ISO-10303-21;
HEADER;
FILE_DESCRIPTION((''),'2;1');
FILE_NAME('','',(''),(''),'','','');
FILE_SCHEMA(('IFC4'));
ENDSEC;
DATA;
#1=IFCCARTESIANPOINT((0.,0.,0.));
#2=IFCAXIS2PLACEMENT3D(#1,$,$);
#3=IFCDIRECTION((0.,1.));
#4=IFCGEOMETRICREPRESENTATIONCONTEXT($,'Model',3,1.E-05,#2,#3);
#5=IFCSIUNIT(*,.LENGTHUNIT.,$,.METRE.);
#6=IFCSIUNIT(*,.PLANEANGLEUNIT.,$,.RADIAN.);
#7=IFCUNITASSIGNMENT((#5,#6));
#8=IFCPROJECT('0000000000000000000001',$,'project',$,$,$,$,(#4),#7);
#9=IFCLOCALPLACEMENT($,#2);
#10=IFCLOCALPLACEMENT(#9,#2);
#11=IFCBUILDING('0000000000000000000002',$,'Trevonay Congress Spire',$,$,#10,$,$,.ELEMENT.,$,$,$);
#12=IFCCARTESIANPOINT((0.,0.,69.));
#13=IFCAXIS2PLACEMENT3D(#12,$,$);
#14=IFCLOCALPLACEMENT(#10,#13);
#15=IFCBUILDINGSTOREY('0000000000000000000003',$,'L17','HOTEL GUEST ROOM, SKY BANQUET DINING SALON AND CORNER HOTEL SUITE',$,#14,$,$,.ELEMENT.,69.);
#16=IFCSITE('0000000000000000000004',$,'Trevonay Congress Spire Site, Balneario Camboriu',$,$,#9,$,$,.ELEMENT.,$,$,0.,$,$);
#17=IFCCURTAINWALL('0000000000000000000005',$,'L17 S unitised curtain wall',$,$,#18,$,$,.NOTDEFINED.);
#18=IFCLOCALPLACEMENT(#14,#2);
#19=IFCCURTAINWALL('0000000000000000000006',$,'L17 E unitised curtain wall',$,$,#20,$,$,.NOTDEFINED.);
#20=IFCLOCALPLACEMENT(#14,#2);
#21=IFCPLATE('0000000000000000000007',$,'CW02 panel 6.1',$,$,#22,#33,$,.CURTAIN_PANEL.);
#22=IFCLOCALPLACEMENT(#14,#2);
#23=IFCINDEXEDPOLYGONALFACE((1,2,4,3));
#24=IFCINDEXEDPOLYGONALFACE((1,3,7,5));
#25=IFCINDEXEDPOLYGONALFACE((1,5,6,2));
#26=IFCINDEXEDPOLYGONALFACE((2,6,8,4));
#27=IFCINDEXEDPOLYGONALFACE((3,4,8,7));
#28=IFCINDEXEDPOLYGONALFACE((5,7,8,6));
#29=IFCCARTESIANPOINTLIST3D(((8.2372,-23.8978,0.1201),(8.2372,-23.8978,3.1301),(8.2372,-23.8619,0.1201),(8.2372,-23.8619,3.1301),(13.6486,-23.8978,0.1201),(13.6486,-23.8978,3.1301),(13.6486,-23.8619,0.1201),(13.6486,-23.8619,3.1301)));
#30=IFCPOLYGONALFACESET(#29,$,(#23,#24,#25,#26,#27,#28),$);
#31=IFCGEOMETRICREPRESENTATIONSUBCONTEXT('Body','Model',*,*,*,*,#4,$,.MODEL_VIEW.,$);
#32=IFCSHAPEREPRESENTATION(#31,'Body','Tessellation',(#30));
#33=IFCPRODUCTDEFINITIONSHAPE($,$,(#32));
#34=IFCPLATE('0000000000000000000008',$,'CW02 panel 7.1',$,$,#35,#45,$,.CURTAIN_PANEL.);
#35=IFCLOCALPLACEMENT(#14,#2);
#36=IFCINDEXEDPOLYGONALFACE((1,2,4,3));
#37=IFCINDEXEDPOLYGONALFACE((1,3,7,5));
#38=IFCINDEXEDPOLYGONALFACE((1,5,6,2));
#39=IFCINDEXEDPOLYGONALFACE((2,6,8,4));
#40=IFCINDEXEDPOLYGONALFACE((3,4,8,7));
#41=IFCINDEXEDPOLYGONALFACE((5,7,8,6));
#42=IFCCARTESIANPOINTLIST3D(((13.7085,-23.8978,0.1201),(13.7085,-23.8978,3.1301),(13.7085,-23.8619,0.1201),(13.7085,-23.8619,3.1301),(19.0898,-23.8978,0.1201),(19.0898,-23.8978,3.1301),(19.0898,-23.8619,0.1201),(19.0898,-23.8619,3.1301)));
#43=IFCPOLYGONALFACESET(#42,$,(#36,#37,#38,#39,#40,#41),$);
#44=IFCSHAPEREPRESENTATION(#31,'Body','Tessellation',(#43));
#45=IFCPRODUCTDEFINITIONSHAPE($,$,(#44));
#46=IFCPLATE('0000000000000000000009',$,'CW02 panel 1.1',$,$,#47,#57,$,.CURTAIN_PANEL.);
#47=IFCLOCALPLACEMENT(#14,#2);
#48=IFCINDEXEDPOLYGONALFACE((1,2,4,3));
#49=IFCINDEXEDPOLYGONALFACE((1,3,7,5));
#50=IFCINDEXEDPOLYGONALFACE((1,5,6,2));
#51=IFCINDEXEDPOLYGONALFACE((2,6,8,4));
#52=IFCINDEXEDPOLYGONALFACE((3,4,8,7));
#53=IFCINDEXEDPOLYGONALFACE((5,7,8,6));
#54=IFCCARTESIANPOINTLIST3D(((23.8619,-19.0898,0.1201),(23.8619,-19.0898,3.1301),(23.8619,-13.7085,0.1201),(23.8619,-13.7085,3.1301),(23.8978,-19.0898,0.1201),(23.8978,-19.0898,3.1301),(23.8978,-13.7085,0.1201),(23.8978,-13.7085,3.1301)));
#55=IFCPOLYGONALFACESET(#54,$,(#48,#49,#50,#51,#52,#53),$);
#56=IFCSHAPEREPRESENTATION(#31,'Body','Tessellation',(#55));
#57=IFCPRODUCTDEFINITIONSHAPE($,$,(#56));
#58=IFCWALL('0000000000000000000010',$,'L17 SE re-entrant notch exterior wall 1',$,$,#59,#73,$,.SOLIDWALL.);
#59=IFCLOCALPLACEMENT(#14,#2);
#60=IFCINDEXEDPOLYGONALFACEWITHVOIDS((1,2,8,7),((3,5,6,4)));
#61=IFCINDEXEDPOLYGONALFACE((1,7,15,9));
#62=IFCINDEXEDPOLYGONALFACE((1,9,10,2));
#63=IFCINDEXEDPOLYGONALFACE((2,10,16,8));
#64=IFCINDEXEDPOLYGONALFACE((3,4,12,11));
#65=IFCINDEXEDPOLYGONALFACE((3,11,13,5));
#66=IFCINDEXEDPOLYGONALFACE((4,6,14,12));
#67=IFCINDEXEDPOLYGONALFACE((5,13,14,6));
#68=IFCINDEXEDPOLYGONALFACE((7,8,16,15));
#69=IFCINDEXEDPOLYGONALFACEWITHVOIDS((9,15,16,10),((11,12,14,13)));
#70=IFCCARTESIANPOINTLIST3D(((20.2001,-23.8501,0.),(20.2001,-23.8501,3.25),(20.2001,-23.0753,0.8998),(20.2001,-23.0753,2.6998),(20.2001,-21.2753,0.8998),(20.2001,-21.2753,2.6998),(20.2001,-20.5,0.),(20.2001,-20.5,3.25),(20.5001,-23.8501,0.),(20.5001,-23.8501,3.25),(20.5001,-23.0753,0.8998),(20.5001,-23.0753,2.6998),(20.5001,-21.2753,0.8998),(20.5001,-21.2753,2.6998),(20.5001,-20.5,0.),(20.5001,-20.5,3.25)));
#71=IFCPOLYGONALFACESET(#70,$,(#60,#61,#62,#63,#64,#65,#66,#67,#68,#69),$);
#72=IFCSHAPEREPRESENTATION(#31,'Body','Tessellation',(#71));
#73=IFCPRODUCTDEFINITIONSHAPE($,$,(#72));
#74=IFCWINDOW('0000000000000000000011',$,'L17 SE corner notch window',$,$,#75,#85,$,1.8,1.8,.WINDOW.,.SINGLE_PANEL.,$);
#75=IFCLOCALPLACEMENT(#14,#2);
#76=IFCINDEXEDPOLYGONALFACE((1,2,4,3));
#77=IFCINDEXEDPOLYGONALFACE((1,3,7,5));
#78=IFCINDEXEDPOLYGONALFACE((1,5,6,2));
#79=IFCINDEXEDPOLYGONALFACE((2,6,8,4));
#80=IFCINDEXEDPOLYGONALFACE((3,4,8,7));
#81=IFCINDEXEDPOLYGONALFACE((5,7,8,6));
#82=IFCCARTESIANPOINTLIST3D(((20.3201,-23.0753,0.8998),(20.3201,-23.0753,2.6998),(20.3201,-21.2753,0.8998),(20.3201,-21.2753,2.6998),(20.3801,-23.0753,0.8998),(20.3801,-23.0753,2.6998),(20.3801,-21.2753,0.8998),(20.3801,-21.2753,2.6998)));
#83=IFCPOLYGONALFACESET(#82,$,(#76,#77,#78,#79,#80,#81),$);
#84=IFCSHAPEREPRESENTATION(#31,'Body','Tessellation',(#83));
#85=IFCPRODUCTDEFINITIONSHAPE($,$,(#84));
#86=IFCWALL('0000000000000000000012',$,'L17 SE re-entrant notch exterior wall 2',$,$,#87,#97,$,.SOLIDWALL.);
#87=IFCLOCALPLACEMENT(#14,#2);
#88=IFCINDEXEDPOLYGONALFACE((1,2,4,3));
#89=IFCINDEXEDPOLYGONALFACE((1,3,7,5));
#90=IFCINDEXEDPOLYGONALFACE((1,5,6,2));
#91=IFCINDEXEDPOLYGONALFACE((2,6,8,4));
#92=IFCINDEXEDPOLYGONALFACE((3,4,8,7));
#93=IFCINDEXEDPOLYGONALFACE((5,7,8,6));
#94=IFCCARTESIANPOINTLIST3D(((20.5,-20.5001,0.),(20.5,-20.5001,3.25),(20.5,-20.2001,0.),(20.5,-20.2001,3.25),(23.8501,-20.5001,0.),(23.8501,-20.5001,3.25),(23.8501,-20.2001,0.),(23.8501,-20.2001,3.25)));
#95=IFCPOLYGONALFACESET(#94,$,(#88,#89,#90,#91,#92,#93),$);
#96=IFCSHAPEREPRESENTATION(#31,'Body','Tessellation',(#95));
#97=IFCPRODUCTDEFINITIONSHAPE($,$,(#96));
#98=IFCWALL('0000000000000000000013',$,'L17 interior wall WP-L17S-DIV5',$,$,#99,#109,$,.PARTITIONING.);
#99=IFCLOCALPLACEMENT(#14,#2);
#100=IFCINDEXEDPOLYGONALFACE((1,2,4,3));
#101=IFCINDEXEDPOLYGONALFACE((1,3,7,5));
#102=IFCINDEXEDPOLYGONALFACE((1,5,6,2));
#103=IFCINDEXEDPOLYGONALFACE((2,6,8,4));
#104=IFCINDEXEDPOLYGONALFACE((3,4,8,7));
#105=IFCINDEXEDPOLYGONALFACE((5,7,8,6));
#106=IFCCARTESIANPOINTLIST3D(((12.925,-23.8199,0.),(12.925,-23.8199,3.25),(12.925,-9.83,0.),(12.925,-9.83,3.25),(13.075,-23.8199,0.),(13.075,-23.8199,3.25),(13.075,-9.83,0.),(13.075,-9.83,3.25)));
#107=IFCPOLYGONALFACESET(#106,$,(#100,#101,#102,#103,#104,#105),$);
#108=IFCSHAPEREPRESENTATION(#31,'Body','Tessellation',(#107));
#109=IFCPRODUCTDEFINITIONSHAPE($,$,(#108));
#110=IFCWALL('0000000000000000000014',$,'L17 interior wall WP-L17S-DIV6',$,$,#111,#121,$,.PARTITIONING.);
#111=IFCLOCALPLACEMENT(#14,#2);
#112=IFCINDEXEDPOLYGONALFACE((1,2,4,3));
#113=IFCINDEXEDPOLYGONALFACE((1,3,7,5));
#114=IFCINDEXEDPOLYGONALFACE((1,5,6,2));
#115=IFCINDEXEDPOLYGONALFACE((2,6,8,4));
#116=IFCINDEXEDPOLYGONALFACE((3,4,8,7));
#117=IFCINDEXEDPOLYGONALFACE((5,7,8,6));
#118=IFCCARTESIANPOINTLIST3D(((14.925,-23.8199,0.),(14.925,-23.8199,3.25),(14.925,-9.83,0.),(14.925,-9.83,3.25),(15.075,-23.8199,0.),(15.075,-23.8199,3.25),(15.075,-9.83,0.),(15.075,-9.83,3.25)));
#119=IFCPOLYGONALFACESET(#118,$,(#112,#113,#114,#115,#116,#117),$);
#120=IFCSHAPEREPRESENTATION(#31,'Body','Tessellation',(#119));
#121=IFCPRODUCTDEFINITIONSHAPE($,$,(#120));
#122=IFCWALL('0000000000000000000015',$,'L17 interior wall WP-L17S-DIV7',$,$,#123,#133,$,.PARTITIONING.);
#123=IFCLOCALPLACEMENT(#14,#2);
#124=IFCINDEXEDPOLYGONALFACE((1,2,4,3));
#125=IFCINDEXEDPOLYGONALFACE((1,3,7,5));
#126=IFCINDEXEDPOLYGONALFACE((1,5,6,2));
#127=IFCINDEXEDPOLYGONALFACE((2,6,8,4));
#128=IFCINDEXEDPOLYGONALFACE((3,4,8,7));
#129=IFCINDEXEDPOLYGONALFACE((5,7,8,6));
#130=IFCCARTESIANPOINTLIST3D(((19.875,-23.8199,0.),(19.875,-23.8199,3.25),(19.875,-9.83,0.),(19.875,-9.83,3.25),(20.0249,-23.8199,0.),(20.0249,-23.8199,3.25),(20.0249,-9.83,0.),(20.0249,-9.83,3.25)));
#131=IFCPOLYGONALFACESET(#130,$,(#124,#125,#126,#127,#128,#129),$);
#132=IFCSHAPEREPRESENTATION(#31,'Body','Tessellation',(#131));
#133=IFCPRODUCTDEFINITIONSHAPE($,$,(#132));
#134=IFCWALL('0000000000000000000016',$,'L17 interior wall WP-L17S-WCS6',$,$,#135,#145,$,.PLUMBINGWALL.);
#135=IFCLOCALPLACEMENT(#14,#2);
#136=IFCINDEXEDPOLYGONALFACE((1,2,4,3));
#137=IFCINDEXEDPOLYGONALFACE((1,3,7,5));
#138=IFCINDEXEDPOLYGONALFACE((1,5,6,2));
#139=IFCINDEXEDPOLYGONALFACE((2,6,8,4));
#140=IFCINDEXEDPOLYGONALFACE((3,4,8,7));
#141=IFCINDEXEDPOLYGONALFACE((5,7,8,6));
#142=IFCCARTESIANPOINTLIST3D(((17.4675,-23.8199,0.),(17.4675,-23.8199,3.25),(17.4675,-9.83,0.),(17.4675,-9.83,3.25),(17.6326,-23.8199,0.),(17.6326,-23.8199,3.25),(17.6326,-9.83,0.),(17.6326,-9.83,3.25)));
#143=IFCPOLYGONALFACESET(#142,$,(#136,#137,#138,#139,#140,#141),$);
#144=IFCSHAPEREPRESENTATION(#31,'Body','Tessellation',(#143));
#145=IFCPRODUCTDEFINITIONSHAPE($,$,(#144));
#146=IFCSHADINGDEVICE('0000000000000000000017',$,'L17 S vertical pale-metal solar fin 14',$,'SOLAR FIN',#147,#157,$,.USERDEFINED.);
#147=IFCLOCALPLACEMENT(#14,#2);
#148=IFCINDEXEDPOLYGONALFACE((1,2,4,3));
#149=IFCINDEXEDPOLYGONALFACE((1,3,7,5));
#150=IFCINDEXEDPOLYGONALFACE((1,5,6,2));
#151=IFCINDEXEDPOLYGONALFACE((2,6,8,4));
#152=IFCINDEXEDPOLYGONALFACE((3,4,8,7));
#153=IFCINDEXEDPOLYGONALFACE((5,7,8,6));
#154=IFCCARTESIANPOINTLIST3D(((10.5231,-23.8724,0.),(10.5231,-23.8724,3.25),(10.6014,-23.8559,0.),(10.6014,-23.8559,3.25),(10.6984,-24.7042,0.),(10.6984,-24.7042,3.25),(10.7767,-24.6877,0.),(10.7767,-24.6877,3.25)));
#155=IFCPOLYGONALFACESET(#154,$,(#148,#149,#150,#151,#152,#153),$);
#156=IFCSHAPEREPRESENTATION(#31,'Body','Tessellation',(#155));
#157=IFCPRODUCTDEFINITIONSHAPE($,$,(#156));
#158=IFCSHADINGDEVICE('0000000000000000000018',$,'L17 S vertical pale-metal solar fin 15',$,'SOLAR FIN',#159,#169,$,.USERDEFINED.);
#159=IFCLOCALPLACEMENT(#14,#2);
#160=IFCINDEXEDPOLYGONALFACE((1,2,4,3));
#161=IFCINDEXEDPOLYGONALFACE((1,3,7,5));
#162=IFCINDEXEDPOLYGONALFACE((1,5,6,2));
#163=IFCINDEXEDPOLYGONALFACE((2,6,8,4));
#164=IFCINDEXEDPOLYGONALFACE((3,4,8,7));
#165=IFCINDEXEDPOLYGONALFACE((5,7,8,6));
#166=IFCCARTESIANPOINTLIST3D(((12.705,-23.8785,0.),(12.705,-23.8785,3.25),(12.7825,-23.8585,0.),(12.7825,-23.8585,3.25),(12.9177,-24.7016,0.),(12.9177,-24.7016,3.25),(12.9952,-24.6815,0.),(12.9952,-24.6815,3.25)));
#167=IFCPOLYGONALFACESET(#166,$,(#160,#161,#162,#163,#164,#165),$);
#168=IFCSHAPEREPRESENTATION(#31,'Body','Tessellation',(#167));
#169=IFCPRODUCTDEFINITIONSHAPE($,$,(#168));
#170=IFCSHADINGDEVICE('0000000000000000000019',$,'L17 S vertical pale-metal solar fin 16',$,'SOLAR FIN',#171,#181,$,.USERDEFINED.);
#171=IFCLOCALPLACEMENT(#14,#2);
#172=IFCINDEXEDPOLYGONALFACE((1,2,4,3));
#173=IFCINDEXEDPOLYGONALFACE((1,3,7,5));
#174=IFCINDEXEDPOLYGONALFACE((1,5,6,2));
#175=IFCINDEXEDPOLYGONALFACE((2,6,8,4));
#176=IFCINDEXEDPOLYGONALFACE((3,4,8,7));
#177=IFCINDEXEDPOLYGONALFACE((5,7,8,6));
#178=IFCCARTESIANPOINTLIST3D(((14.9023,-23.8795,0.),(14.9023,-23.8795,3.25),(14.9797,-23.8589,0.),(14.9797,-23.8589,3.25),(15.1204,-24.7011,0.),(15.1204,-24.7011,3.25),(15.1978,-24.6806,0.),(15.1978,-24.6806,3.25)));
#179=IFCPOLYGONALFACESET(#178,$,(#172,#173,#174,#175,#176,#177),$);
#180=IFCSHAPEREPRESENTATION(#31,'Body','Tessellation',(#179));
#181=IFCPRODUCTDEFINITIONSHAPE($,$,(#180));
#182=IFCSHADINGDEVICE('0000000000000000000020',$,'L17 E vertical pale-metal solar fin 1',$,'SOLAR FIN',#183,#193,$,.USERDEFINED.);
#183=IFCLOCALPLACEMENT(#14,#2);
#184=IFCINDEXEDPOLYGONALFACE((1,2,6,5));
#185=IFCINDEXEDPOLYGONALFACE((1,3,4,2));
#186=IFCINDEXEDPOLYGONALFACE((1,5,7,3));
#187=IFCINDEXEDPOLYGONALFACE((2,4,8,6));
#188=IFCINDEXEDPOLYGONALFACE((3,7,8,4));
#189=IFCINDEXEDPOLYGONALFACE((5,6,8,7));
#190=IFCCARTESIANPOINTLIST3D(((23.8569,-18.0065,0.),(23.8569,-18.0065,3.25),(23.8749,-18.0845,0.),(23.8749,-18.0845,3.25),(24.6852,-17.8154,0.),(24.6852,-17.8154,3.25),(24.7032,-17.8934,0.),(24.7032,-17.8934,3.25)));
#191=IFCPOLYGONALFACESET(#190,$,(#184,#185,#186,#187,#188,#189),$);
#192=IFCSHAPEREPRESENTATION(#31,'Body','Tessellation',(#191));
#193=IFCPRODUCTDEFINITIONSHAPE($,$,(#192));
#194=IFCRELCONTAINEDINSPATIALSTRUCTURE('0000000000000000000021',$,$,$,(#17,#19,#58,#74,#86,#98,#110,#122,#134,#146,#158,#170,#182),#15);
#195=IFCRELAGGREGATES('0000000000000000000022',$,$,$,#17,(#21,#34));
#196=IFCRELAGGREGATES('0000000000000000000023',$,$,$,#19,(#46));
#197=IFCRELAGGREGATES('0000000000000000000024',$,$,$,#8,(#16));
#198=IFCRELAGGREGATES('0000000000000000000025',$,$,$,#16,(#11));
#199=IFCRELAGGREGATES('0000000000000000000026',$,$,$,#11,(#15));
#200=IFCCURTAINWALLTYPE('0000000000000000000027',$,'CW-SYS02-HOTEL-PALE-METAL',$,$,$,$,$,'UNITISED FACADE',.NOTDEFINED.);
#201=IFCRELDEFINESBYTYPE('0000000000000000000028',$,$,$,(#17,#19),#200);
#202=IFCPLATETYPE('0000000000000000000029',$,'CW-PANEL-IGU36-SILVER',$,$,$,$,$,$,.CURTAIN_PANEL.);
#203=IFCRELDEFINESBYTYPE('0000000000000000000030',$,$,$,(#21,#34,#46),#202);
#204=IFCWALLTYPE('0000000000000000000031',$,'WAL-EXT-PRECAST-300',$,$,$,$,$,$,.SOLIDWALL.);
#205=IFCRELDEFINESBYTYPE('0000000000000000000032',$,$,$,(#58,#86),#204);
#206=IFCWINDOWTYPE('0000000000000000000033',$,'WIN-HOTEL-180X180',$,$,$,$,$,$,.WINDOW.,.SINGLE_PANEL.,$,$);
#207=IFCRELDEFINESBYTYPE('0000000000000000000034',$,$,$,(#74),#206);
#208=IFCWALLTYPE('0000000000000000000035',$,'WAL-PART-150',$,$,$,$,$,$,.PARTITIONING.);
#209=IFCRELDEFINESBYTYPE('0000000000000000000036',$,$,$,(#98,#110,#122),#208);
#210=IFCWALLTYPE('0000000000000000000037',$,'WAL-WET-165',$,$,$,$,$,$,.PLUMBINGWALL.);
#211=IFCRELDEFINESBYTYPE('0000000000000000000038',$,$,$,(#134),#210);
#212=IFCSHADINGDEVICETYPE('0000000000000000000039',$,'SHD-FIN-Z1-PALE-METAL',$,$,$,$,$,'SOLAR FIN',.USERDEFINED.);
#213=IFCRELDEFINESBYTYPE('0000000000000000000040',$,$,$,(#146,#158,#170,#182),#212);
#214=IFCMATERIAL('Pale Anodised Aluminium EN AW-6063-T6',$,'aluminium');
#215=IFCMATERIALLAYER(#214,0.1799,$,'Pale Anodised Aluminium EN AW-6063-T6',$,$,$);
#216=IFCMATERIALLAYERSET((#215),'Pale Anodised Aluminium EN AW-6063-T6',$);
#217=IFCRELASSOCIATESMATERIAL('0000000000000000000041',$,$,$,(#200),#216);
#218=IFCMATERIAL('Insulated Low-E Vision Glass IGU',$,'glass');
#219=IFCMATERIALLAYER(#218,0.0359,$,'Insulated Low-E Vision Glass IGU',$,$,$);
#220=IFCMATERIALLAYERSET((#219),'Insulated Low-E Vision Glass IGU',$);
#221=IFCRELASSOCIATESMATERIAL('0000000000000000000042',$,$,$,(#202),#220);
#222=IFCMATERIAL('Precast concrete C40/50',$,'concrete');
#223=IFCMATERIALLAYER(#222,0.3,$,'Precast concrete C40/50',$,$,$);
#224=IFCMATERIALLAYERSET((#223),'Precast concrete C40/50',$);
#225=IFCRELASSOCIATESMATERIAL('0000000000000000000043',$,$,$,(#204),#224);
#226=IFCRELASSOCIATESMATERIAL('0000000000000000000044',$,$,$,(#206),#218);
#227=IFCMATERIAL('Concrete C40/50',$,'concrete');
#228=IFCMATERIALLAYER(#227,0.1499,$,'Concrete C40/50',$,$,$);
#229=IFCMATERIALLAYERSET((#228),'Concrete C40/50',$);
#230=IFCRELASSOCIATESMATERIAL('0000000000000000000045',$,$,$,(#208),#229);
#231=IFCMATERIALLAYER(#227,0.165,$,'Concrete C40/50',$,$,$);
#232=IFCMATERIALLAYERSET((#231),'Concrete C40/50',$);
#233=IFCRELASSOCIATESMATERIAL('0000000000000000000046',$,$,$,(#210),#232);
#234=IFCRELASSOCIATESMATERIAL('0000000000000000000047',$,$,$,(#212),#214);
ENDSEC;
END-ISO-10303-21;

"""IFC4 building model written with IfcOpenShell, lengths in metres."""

from ifc_helpers import new_model, si_unit, direction, frame, frame_2d, origin, origin_2d, place, context, subcontext, project, spatial, rectangle, extrude, material, layer, layer_set, type_object, element, fill, aggregate, save


model = new_model("IFC4")

# Units and contexts
model_context = context("Model", 3, precision=1e-05, world=origin(), true_north=direction((0.0, 1.0)))
body_context = subcontext(model_context, "Body", "Model", "MODEL_VIEW")
ifc_project = project(units=[si_unit("LENGTHUNIT", "METRE"), si_unit("PLANEANGLEUNIT", "RADIAN")], contexts=[model_context])

# Site, building, storey
site_placement = place(None, origin())
site = spatial("IfcSite", under=ifc_project, at=site_placement, Name="Trevonay Congress Spire Site, Balneario Camboriu", CompositionType="ELEMENT", RefElevation=0.0)
building_placement = place(site_placement, origin())
building = spatial("IfcBuilding", under=site, at=building_placement, Name="Trevonay Congress Spire", CompositionType="ELEMENT")
storey_placement = place(building_placement, frame((0.0, 0.0, 69.0)))
storey = spatial("IfcBuildingStorey", under=building, at=storey_placement, Name="L17", Description="HOTEL GUEST ROOM, SKY BANQUET DINING SALON AND CORNER HOTEL SUITE", CompositionType="ELEMENT", Elevation=69.0)

# Curtain wall
ifc_material_1 = material(Name="Pale Anodised Aluminium EN AW-6063-T6", Category="aluminium")
ifc_layer_1 = layer(ifc_material_1, 0.1799, Name="Pale Anodised Aluminium EN AW-6063-T6")
ifc_layer_set_1 = layer_set([ifc_layer_1], Name="Pale Anodised Aluminium EN AW-6063-T6")
curtain_wall_type = type_object("IfcCurtainWallType", Name="CW-SYS02-HOTEL-PALE-METAL", ElementType="UNITISED FACADE", PredefinedType="NOTDEFINED", material=ifc_layer_set_1)
curtain_wall_1_placement = place(storey_placement, origin())
curtain_wall_1 = element("IfcCurtainWall", 1, at=curtain_wall_1_placement, inside=storey, type_object=curtain_wall_type, Name="L17 S unitised curtain wall", PredefinedType="NOTDEFINED")

# Curtain wall
curtain_wall_2_placement = place(storey_placement, origin())
curtain_wall_2 = element("IfcCurtainWall", 2, at=curtain_wall_2_placement, inside=storey, type_object=curtain_wall_type, Name="L17 E unitised curtain wall", PredefinedType="NOTDEFINED")

# Plates
ifc_material_2 = material(Name="Insulated Low-E Vision Glass IGU", Category="glass")
ifc_layer_2 = layer(ifc_material_2, 0.0359, Name="Insulated Low-E Vision Glass IGU")
ifc_layer_set_2 = layer_set([ifc_layer_2], Name="Insulated Low-E Vision Glass IGU")
plate_type = type_object("IfcPlateType", Name="CW-PANEL-IGU36-SILVER", PredefinedType="CURTAIN_PANEL", material=ifc_layer_set_2)
plate_1_placement = place(storey_placement, frame((10.9429, -23.8799, 0.1201), z_axis=(0.0, 0.0, 1.0), x_axis=(1.0, 0.0, 0.0)))
plate_1 = element("IfcPlate", 3, at=plate_1_placement, type_object=plate_type, Name="CW02 panel 6.1", PredefinedType="CURTAIN_PANEL", context=body_context, shape_type="SweptSolid", body=[
    extrude(rectangle(XDim=5.4114, YDim=0.0359, at=origin_2d()), origin(), (0.0, 0.0, 1.0), 3.01),
])
plate_2_placement = place(storey_placement, frame((16.3992, -23.8799, 0.1201), z_axis=(0.0, 0.0, 1.0), x_axis=(1.0, 0.0, 0.0)))
plate_2 = element("IfcPlate", 4, at=plate_2_placement, type_object=plate_type, Name="CW02 panel 7.1", PredefinedType="CURTAIN_PANEL", context=body_context, shape_type="SweptSolid", body=[
    extrude(rectangle(XDim=5.3813, YDim=0.0359, at=origin_2d()), origin(), (0.0, 0.0, 1.0), 3.01),
])
aggregate(curtain_wall_1, [plate_1, plate_2])
plate_3_placement = place(storey_placement, frame((23.8799, -16.3992, 0.1201), z_axis=(0.0, 0.0, 1.0), x_axis=(0.0, 1.0, 0.0)))
plate_3 = element("IfcPlate", 5, at=plate_3_placement, type_object=plate_type, Name="CW02 panel 1.1", PredefinedType="CURTAIN_PANEL", context=body_context, shape_type="SweptSolid", body=[
    extrude(rectangle(XDim=5.3813, YDim=0.0359, at=origin_2d()), origin(), (0.0, 0.0, 1.0), 3.01),
])
aggregate(curtain_wall_2, [plate_3])

# Wall, opening, window
ifc_material_3 = material(Name="Precast concrete C40/50", Category="concrete")
ifc_layer_3 = layer(ifc_material_3, 0.3, Name="Precast concrete C40/50")
ifc_layer_set_3 = layer_set([ifc_layer_3], Name="Precast concrete C40/50")
wall_type_1 = type_object("IfcWallType", Name="WAL-EXT-PRECAST-300", PredefinedType="SOLIDWALL", material=ifc_layer_set_3)
wall_1_placement = place(storey_placement, frame((20.3501, -23.8501, 0.0), z_axis=(0.0, 0.0, 1.0), x_axis=(0.0, 1.0, 0.0)))
wall_1 = element("IfcWall", 6, at=wall_1_placement, inside=storey, type_object=wall_type_1, Name="L17 SE re-entrant notch exterior wall 1", PredefinedType="SOLIDWALL", context=body_context, shape_type="SweptSolid", body=[
    extrude(rectangle(XDim=3.3501, YDim=0.3, at=frame_2d((1.675, 0.0))), origin(), (0.0, 0.0, 1.0), 3.25),
])
opening_placement = place(wall_1_placement, frame((0.7749, 0.0, 0.8999)))
opening = element("IfcOpeningElement", 7, at=opening_placement, cuts=wall_1, PredefinedType="OPENING", context=body_context, shape_type="SweptSolid", body=[
    extrude(rectangle(XDim=1.8, YDim=1.8, at=frame_2d((0.8999, 0.8999))), frame((0.0, 0.1602, 0.0), z_axis=(0.0, -1.0, 0.0), x_axis=(1.0, 0.0, 0.0)), (0.0, 0.0, 1.0), 0.3201),
])
window_type = type_object("IfcWindowType", Name="WIN-HOTEL-180X180", PartitioningType="SINGLE_PANEL", PredefinedType="WINDOW", material=ifc_material_2)
window_placement = place(opening_placement, origin())
window = element("IfcWindow", 8, at=window_placement, inside=storey, type_object=window_type, Name="L17 SE corner notch window", OverallHeight=1.8, OverallWidth=1.8, PartitioningType="SINGLE_PANEL", PredefinedType="WINDOW", context=body_context, shape_type="SweptSolid", body=[
    extrude(rectangle(XDim=1.8, YDim=1.8, at=frame_2d((0.8999, 0.8999))), frame((0.0, 0.03, 0.0), z_axis=(0.0, -1.0, 0.0), x_axis=(1.0, 0.0, 0.0)), (0.0, 0.0, 1.0), 0.0601),
])
fill(opening, window)

# Walls
wall_2_placement = place(storey_placement, frame((23.8501, -20.3501, 0.0), z_axis=(0.0, 0.0, 1.0), x_axis=(-1.0, 0.0, 0.0)))
element("IfcWall", 9, at=wall_2_placement, inside=storey, type_object=wall_type_1, Name="L17 SE re-entrant notch exterior wall 2", PredefinedType="SOLIDWALL", context=body_context, shape_type="SweptSolid", body=[
    extrude(rectangle(XDim=3.3501, YDim=0.3, at=frame_2d((1.675, 0.0))), origin(), (0.0, 0.0, 1.0), 3.25),
])
ifc_material_4 = material(Name="Concrete C40/50", Category="concrete")
ifc_layer_4 = layer(ifc_material_4, 0.1499, Name="Concrete C40/50")
ifc_layer_set_4 = layer_set([ifc_layer_4], Name="Concrete C40/50")
wall_type_2 = type_object("IfcWallType", Name="WAL-PART-150", PredefinedType="PARTITIONING", material=ifc_layer_set_4)
for number, where, z_axis, x_axis, name in (
    (10, (13.0, -23.8201, 0.0), (0.0, 0.0, 1.0), (0.0, 1.0, 0.0), "L17 interior wall WP-L17S-DIV5"),
    (11, (15.0, -23.8201, 0.0), (0.0, 0.0, 1.0), (0.0, 1.0, 0.0), "L17 interior wall WP-L17S-DIV6"),
    (12, (19.95, -23.8201, 0.0), (0.0, 0.0, 1.0), (0.0, 1.0, 0.0), "L17 interior wall WP-L17S-DIV7"),
):
    element("IfcWall", number, at=place(storey_placement, frame(where, z_axis=z_axis, x_axis=x_axis)), inside=storey, type_object=wall_type_2, Name=name, PredefinedType="PARTITIONING", context=body_context, shape_type="SweptSolid", body=[
        extrude(rectangle(XDim=13.99, YDim=0.1499, at=frame_2d((6.9951, 0.0))), origin(), (0.0, 0.0, 1.0), 3.25),
    ])
ifc_layer_5 = layer(ifc_material_4, 0.165, Name="Concrete C40/50")
ifc_layer_set_5 = layer_set([ifc_layer_5], Name="Concrete C40/50")
wall_type_3 = type_object("IfcWallType", Name="WAL-WET-165", PredefinedType="PLUMBINGWALL", material=ifc_layer_set_5)
wall_3_placement = place(storey_placement, frame((17.55, -23.8201, 0.0), z_axis=(0.0, 0.0, 1.0), x_axis=(0.0, 1.0, 0.0)))
element("IfcWall", 13, at=wall_3_placement, inside=storey, type_object=wall_type_3, Name="L17 interior wall WP-L17S-WCS6", PredefinedType="PLUMBINGWALL", context=body_context, shape_type="SweptSolid", body=[
    extrude(rectangle(XDim=13.99, YDim=0.165, at=frame_2d((6.9951, 0.0))), origin(), (0.0, 0.0, 1.0), 3.25),
])

# Shading devices
shading_device_type = type_object("IfcShadingDeviceType", Name="SHD-FIN-Z1-PALE-METAL", ElementType="SOLAR FIN", PredefinedType="USERDEFINED", material=ifc_material_1)
for number, where, z_axis, x_axis, name in (
    (14, (10.6499, -24.28, 0.0), (0.0, 0.0, 1.0), (0.978509, 0.206204, 0.0), "L17 S vertical pale-metal solar fin 14"),
    (15, (12.8501, -24.28, 0.0), (0.0, 0.0, 1.0), (0.968191, 0.250211, 0.0), "L17 S vertical pale-metal solar fin 15"),
    (16, (15.05, -24.28, 0.0), (0.0, 0.0, 1.0), (0.966511, 0.256627, 0.0), "L17 S vertical pale-metal solar fin 16"),
    (17, (24.28, -17.95, 0.0), (0.0, 0.0, 1.0), (-0.224781, 0.974409, 0.0), "L17 E vertical pale-metal solar fin 1"),
):
    element("IfcShadingDevice", number, at=place(storey_placement, frame(where, z_axis=z_axis, x_axis=x_axis)), inside=storey, type_object=shading_device_type, Name=name, ObjectType="SOLAR FIN", PredefinedType="USERDEFINED", context=body_context, shape_type="SweptSolid", body=[
        extrude(rectangle(XDim=0.0801, YDim=0.8501, at=origin_2d()), origin(), (0.0, 0.0, 1.0), 3.25),
    ])

save(model, "model.ifc")
